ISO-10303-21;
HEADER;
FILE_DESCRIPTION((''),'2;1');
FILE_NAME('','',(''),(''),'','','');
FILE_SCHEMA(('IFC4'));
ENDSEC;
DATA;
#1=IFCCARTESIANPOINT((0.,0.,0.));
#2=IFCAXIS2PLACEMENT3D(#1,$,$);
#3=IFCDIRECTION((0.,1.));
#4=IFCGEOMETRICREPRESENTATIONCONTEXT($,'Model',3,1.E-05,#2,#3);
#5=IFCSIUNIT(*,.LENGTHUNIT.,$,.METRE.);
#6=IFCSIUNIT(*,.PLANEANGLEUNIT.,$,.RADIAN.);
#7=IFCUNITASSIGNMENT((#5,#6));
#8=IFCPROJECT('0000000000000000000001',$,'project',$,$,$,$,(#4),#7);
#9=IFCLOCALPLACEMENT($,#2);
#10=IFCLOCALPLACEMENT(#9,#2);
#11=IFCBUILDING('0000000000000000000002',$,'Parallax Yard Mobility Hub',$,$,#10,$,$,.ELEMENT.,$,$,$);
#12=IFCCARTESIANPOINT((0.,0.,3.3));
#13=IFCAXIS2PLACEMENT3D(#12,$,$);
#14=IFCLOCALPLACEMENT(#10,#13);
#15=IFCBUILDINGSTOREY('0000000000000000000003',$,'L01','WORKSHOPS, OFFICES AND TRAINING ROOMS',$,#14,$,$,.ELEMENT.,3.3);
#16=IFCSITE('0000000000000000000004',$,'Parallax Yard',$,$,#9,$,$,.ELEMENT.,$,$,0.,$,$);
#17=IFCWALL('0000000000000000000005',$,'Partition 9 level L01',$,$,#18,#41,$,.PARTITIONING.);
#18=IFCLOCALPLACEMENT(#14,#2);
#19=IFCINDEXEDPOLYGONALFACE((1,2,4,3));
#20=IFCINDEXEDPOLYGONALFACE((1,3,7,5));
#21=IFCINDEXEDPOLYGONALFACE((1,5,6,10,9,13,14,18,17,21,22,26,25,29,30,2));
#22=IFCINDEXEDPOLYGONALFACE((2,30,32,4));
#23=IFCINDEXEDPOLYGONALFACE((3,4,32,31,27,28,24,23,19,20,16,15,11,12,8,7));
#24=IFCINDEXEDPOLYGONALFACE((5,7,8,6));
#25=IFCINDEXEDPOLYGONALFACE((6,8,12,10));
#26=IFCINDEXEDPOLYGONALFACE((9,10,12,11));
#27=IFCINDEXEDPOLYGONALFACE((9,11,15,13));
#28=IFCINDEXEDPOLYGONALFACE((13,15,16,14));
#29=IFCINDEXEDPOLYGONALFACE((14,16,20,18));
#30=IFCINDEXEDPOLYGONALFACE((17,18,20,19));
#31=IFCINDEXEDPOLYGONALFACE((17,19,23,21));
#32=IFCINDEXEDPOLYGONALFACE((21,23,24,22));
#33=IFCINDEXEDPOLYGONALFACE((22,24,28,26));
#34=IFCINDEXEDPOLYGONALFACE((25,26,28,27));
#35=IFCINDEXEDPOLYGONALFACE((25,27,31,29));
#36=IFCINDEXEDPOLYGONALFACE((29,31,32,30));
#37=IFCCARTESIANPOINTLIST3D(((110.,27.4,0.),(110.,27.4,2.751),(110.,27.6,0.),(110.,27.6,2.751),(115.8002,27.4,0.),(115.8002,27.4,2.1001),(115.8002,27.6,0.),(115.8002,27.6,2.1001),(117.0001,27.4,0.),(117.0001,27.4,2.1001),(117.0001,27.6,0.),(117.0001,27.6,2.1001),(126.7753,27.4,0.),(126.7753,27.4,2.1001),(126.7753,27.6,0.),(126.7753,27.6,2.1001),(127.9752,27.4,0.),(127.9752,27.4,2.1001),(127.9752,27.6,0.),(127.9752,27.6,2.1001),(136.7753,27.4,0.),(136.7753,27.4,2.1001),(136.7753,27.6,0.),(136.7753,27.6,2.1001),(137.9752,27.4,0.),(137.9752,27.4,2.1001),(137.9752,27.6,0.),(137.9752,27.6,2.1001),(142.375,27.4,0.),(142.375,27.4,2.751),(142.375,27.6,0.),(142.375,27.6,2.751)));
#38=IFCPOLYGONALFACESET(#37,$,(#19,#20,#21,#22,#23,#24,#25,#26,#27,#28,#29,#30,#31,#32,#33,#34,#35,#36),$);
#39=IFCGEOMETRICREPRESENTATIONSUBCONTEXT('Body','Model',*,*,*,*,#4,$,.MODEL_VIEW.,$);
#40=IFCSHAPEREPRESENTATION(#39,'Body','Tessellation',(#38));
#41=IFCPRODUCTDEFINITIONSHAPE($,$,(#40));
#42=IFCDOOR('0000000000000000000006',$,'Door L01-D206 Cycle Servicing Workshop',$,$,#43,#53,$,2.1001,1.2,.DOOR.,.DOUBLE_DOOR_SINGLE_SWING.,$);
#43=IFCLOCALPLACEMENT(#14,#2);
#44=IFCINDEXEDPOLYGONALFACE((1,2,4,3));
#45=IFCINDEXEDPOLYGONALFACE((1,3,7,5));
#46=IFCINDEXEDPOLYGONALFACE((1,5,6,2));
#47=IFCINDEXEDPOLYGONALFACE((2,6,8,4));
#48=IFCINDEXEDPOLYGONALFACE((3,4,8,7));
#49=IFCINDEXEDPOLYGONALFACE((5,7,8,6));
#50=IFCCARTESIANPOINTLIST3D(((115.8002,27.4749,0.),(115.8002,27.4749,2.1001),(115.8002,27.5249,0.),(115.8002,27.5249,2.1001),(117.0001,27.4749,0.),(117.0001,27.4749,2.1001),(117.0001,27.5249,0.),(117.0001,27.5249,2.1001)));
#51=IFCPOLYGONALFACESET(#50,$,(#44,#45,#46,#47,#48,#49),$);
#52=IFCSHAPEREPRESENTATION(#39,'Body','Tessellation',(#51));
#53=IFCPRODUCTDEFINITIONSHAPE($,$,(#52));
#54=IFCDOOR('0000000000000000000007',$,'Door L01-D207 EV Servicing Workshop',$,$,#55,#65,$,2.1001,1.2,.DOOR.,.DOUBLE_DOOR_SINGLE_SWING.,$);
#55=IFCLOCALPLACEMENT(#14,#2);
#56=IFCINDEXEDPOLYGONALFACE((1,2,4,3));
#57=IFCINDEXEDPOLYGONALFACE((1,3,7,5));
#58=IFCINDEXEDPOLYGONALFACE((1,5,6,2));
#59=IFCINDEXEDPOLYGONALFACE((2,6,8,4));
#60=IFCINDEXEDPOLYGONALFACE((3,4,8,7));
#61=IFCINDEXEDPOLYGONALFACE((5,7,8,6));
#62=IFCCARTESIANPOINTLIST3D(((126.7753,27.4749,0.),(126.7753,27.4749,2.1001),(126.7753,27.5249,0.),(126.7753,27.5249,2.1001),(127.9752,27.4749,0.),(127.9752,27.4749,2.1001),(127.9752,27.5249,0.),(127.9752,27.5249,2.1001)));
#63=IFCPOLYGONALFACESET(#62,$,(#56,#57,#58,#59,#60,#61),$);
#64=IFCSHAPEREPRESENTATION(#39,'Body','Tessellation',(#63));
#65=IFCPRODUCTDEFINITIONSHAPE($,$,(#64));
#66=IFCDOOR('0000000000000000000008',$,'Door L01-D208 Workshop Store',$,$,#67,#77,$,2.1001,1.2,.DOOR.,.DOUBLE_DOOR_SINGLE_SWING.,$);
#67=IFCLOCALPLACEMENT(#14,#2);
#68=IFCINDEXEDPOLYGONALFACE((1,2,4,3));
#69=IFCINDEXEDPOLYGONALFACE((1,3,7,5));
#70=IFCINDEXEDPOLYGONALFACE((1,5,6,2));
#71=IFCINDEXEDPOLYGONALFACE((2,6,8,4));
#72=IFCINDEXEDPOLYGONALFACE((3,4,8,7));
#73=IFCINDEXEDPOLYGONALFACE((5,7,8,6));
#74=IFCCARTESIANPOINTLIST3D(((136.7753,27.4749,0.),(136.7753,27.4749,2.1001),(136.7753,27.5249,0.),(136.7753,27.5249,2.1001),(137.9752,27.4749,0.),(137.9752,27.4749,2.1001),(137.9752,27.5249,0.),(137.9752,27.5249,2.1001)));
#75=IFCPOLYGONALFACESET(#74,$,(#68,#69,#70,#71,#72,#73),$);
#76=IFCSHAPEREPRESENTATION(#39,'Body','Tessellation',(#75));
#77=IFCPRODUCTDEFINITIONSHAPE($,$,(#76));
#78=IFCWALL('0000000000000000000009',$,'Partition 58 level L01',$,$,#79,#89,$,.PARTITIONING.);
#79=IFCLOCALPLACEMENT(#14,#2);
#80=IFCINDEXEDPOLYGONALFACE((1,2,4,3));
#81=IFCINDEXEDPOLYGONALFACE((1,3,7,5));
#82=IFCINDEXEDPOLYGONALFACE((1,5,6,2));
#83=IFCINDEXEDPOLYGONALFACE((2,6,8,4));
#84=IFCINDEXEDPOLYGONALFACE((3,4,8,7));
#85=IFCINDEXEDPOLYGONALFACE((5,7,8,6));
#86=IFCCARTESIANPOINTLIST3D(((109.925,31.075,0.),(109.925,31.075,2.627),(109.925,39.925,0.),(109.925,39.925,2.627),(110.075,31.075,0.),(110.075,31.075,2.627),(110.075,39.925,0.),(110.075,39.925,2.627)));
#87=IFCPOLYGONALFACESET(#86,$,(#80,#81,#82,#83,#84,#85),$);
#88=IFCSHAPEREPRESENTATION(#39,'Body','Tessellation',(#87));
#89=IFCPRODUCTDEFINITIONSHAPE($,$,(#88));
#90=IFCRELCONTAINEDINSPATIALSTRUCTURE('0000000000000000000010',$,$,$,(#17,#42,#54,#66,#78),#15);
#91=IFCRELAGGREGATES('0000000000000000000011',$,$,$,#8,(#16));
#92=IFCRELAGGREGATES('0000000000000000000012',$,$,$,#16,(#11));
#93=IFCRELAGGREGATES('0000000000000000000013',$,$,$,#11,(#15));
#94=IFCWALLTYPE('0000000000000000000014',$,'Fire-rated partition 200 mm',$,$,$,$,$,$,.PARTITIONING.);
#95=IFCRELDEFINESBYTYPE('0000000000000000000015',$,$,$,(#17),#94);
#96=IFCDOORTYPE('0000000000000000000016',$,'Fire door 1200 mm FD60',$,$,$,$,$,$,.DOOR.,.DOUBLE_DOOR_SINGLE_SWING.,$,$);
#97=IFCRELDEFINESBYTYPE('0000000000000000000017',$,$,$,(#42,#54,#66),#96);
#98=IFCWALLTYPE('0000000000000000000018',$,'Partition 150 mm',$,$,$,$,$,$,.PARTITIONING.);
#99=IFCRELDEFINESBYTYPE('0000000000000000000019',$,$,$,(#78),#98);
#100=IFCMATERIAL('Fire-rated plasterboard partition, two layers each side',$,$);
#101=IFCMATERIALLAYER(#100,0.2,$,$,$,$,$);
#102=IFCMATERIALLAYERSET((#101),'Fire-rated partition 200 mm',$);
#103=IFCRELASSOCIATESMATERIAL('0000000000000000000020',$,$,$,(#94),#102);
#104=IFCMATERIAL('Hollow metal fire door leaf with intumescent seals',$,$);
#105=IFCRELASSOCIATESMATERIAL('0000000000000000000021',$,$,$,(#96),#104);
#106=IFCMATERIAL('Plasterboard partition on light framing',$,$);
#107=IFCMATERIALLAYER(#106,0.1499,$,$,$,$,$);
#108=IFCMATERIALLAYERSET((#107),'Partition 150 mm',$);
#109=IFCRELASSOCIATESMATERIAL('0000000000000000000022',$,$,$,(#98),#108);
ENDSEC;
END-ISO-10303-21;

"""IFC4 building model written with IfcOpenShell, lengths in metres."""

from ifc_helpers import new_model, si_unit, direction, frame, frame_2d, origin, place, context, subcontext, project, spatial, rectangle, extrude, material, layer, layer_set, type_object, element, fill, save


model = new_model("IFC4")

# Units and contexts
model_context = context("Model", 3, precision=1e-05, world=origin(), true_north=direction((0.0, 1.0)))
body_context = subcontext(model_context, "Body", "Model", "MODEL_VIEW")
ifc_project = project(units=[si_unit("LENGTHUNIT", "METRE"), si_unit("PLANEANGLEUNIT", "RADIAN")], contexts=[model_context])

# Site, building, storey
site_placement = place(None, origin())
site = spatial("IfcSite", under=ifc_project, at=site_placement, Name="Parallax Yard", CompositionType="ELEMENT", RefElevation=0.0)
building_placement = place(site_placement, origin())
building = spatial("IfcBuilding", under=site, at=building_placement, Name="Parallax Yard Mobility Hub", CompositionType="ELEMENT")
storey_placement = place(building_placement, frame((0.0, 0.0, 3.3)))
storey = spatial("IfcBuildingStorey", under=building, at=storey_placement, Name="L01", Description="WORKSHOPS, OFFICES AND TRAINING ROOMS", CompositionType="ELEMENT", Elevation=3.3)

# Wall, openings, doors
ifc_material_1 = material(Name="Fire-rated plasterboard partition, two layers each side")
ifc_layer_1 = layer(ifc_material_1, 0.2)
ifc_layer_set_1 = layer_set([ifc_layer_1], Name="Fire-rated partition 200 mm")
wall_type_1 = type_object("IfcWallType", Name="Fire-rated partition 200 mm", PredefinedType="PARTITIONING", material=ifc_layer_set_1)
wall_1_placement = place(storey_placement, frame((110.0, 27.5, 0.0), z_axis=(0.0, 0.0, 1.0), x_axis=(1.0, 0.0, 0.0)))
wall_1 = element("IfcWall", 1, at=wall_1_placement, inside=storey, type_object=wall_type_1, Name="Partition 9 level L01", PredefinedType="PARTITIONING", context=body_context, shape_type="SweptSolid", body=[
    extrude(rectangle(XDim=32.375, YDim=0.2, at=frame_2d((16.1875, 0.0))), origin(), (0.0, 0.0, 1.0), 2.751),
])
opening_1_placement = place(wall_1_placement, frame((5.8, 0.0, 0.0)))
opening_1 = element("IfcOpeningElement", 2, at=opening_1_placement, cuts=wall_1, PredefinedType="OPENING", context=body_context, shape_type="SweptSolid", body=[
    extrude(rectangle(XDim=1.2, YDim=2.1001, at=frame_2d((0.6001, 1.05))), frame((0.0, 0.1099, 0.0), z_axis=(0.0, -1.0, 0.0), x_axis=(1.0, 0.0, 0.0)), (0.0, 0.0, 1.0), 0.22),
])
opening_2_placement = place(wall_1_placement, frame((16.7751, 0.0, 0.0)))
opening_2 = element("IfcOpeningElement", 3, at=opening_2_placement, cuts=wall_1, PredefinedType="OPENING", context=body_context, shape_type="SweptSolid", body=[
    extrude(rectangle(XDim=1.2, YDim=2.1001, at=frame_2d((0.6001, 1.05))), frame((0.0, 0.1099, 0.0), z_axis=(0.0, -1.0, 0.0), x_axis=(1.0, 0.0, 0.0)), (0.0, 0.0, 1.0), 0.22),
])
opening_3_placement = place(wall_1_placement, frame((26.7751, 0.0, 0.0)))
opening_3 = element("IfcOpeningElement", 4, at=opening_3_placement, cuts=wall_1, PredefinedType="OPENING", context=body_context, shape_type="SweptSolid", body=[
    extrude(rectangle(XDim=1.2, YDim=2.1001, at=frame_2d((0.6001, 1.05))), frame((0.0, 0.1099, 0.0), z_axis=(0.0, -1.0, 0.0), x_axis=(1.0, 0.0, 0.0)), (0.0, 0.0, 1.0), 0.22),
])
ifc_material_2 = material(Name="Hollow metal fire door leaf with intumescent seals")
door_type = type_object("IfcDoorType", Name="Fire door 1200 mm FD60", OperationType="DOUBLE_DOOR_SINGLE_SWING", PredefinedType="DOOR", material=ifc_material_2)
door_1_placement = place(opening_1_placement, origin())
door_1 = element("IfcDoor", 5, at=door_1_placement, inside=storey, type_object=door_type, Name="Door L01-D206 Cycle Servicing Workshop", OperationType="DOUBLE_DOOR_SINGLE_SWING", OverallHeight=2.1001, OverallWidth=1.2, PredefinedType="DOOR", context=body_context, shape_type="SweptSolid", body=[
    extrude(rectangle(XDim=1.2, YDim=2.1001, at=frame_2d((0.6001, 1.05))), frame((0.0, 0.0249, 0.0), z_axis=(0.0, -1.0, 0.0), x_axis=(1.0, 0.0, 0.0)), (0.0, 0.0, 1.0), 0.05),
])
fill(opening_1, door_1)
door_2_placement = place(opening_2_placement, origin())
door_2 = element("IfcDoor", 6, at=door_2_placement, inside=storey, type_object=door_type, Name="Door L01-D207 EV Servicing Workshop", OperationType="DOUBLE_DOOR_SINGLE_SWING", OverallHeight=2.1001, OverallWidth=1.2, PredefinedType="DOOR", context=body_context, shape_type="SweptSolid", body=[
    extrude(rectangle(XDim=1.2, YDim=2.1001, at=frame_2d((0.6001, 1.05))), frame((0.0, 0.0249, 0.0), z_axis=(0.0, -1.0, 0.0), x_axis=(1.0, 0.0, 0.0)), (0.0, 0.0, 1.0), 0.05),
])
fill(opening_2, door_2)
door_3_placement = place(opening_3_placement, origin())
door_3 = element("IfcDoor", 7, at=door_3_placement, inside=storey, type_object=door_type, Name="Door L01-D208 Workshop Store", OperationType="DOUBLE_DOOR_SINGLE_SWING", OverallHeight=2.1001, OverallWidth=1.2, PredefinedType="DOOR", context=body_context, shape_type="SweptSolid", body=[
    extrude(rectangle(XDim=1.2, YDim=2.1001, at=frame_2d((0.6001, 1.05))), frame((0.0, 0.0249, 0.0), z_axis=(0.0, -1.0, 0.0), x_axis=(1.0, 0.0, 0.0)), (0.0, 0.0, 1.0), 0.05),
])
fill(opening_3, door_3)

# Wall
ifc_material_3 = material(Name="Plasterboard partition on light framing")
ifc_layer_2 = layer(ifc_material_3, 0.1499)
ifc_layer_set_2 = layer_set([ifc_layer_2], Name="Partition 150 mm")
wall_type_2 = type_object("IfcWallType", Name="Partition 150 mm", PredefinedType="PARTITIONING", material=ifc_layer_set_2)
wall_2_placement = place(storey_placement, frame((110.0, 31.075, 0.0), z_axis=(0.0, 0.0, 1.0), x_axis=(0.0, 1.0, 0.0)))
element("IfcWall", 8, at=wall_2_placement, inside=storey, type_object=wall_type_2, Name="Partition 58 level L01", PredefinedType="PARTITIONING", context=body_context, shape_type="SweptSolid", body=[
    extrude(rectangle(XDim=8.8501, YDim=0.1499, at=frame_2d((4.425, 0.0))), origin(), (0.0, 0.0, 1.0), 2.627),
])

save(model, "model.ifc")
